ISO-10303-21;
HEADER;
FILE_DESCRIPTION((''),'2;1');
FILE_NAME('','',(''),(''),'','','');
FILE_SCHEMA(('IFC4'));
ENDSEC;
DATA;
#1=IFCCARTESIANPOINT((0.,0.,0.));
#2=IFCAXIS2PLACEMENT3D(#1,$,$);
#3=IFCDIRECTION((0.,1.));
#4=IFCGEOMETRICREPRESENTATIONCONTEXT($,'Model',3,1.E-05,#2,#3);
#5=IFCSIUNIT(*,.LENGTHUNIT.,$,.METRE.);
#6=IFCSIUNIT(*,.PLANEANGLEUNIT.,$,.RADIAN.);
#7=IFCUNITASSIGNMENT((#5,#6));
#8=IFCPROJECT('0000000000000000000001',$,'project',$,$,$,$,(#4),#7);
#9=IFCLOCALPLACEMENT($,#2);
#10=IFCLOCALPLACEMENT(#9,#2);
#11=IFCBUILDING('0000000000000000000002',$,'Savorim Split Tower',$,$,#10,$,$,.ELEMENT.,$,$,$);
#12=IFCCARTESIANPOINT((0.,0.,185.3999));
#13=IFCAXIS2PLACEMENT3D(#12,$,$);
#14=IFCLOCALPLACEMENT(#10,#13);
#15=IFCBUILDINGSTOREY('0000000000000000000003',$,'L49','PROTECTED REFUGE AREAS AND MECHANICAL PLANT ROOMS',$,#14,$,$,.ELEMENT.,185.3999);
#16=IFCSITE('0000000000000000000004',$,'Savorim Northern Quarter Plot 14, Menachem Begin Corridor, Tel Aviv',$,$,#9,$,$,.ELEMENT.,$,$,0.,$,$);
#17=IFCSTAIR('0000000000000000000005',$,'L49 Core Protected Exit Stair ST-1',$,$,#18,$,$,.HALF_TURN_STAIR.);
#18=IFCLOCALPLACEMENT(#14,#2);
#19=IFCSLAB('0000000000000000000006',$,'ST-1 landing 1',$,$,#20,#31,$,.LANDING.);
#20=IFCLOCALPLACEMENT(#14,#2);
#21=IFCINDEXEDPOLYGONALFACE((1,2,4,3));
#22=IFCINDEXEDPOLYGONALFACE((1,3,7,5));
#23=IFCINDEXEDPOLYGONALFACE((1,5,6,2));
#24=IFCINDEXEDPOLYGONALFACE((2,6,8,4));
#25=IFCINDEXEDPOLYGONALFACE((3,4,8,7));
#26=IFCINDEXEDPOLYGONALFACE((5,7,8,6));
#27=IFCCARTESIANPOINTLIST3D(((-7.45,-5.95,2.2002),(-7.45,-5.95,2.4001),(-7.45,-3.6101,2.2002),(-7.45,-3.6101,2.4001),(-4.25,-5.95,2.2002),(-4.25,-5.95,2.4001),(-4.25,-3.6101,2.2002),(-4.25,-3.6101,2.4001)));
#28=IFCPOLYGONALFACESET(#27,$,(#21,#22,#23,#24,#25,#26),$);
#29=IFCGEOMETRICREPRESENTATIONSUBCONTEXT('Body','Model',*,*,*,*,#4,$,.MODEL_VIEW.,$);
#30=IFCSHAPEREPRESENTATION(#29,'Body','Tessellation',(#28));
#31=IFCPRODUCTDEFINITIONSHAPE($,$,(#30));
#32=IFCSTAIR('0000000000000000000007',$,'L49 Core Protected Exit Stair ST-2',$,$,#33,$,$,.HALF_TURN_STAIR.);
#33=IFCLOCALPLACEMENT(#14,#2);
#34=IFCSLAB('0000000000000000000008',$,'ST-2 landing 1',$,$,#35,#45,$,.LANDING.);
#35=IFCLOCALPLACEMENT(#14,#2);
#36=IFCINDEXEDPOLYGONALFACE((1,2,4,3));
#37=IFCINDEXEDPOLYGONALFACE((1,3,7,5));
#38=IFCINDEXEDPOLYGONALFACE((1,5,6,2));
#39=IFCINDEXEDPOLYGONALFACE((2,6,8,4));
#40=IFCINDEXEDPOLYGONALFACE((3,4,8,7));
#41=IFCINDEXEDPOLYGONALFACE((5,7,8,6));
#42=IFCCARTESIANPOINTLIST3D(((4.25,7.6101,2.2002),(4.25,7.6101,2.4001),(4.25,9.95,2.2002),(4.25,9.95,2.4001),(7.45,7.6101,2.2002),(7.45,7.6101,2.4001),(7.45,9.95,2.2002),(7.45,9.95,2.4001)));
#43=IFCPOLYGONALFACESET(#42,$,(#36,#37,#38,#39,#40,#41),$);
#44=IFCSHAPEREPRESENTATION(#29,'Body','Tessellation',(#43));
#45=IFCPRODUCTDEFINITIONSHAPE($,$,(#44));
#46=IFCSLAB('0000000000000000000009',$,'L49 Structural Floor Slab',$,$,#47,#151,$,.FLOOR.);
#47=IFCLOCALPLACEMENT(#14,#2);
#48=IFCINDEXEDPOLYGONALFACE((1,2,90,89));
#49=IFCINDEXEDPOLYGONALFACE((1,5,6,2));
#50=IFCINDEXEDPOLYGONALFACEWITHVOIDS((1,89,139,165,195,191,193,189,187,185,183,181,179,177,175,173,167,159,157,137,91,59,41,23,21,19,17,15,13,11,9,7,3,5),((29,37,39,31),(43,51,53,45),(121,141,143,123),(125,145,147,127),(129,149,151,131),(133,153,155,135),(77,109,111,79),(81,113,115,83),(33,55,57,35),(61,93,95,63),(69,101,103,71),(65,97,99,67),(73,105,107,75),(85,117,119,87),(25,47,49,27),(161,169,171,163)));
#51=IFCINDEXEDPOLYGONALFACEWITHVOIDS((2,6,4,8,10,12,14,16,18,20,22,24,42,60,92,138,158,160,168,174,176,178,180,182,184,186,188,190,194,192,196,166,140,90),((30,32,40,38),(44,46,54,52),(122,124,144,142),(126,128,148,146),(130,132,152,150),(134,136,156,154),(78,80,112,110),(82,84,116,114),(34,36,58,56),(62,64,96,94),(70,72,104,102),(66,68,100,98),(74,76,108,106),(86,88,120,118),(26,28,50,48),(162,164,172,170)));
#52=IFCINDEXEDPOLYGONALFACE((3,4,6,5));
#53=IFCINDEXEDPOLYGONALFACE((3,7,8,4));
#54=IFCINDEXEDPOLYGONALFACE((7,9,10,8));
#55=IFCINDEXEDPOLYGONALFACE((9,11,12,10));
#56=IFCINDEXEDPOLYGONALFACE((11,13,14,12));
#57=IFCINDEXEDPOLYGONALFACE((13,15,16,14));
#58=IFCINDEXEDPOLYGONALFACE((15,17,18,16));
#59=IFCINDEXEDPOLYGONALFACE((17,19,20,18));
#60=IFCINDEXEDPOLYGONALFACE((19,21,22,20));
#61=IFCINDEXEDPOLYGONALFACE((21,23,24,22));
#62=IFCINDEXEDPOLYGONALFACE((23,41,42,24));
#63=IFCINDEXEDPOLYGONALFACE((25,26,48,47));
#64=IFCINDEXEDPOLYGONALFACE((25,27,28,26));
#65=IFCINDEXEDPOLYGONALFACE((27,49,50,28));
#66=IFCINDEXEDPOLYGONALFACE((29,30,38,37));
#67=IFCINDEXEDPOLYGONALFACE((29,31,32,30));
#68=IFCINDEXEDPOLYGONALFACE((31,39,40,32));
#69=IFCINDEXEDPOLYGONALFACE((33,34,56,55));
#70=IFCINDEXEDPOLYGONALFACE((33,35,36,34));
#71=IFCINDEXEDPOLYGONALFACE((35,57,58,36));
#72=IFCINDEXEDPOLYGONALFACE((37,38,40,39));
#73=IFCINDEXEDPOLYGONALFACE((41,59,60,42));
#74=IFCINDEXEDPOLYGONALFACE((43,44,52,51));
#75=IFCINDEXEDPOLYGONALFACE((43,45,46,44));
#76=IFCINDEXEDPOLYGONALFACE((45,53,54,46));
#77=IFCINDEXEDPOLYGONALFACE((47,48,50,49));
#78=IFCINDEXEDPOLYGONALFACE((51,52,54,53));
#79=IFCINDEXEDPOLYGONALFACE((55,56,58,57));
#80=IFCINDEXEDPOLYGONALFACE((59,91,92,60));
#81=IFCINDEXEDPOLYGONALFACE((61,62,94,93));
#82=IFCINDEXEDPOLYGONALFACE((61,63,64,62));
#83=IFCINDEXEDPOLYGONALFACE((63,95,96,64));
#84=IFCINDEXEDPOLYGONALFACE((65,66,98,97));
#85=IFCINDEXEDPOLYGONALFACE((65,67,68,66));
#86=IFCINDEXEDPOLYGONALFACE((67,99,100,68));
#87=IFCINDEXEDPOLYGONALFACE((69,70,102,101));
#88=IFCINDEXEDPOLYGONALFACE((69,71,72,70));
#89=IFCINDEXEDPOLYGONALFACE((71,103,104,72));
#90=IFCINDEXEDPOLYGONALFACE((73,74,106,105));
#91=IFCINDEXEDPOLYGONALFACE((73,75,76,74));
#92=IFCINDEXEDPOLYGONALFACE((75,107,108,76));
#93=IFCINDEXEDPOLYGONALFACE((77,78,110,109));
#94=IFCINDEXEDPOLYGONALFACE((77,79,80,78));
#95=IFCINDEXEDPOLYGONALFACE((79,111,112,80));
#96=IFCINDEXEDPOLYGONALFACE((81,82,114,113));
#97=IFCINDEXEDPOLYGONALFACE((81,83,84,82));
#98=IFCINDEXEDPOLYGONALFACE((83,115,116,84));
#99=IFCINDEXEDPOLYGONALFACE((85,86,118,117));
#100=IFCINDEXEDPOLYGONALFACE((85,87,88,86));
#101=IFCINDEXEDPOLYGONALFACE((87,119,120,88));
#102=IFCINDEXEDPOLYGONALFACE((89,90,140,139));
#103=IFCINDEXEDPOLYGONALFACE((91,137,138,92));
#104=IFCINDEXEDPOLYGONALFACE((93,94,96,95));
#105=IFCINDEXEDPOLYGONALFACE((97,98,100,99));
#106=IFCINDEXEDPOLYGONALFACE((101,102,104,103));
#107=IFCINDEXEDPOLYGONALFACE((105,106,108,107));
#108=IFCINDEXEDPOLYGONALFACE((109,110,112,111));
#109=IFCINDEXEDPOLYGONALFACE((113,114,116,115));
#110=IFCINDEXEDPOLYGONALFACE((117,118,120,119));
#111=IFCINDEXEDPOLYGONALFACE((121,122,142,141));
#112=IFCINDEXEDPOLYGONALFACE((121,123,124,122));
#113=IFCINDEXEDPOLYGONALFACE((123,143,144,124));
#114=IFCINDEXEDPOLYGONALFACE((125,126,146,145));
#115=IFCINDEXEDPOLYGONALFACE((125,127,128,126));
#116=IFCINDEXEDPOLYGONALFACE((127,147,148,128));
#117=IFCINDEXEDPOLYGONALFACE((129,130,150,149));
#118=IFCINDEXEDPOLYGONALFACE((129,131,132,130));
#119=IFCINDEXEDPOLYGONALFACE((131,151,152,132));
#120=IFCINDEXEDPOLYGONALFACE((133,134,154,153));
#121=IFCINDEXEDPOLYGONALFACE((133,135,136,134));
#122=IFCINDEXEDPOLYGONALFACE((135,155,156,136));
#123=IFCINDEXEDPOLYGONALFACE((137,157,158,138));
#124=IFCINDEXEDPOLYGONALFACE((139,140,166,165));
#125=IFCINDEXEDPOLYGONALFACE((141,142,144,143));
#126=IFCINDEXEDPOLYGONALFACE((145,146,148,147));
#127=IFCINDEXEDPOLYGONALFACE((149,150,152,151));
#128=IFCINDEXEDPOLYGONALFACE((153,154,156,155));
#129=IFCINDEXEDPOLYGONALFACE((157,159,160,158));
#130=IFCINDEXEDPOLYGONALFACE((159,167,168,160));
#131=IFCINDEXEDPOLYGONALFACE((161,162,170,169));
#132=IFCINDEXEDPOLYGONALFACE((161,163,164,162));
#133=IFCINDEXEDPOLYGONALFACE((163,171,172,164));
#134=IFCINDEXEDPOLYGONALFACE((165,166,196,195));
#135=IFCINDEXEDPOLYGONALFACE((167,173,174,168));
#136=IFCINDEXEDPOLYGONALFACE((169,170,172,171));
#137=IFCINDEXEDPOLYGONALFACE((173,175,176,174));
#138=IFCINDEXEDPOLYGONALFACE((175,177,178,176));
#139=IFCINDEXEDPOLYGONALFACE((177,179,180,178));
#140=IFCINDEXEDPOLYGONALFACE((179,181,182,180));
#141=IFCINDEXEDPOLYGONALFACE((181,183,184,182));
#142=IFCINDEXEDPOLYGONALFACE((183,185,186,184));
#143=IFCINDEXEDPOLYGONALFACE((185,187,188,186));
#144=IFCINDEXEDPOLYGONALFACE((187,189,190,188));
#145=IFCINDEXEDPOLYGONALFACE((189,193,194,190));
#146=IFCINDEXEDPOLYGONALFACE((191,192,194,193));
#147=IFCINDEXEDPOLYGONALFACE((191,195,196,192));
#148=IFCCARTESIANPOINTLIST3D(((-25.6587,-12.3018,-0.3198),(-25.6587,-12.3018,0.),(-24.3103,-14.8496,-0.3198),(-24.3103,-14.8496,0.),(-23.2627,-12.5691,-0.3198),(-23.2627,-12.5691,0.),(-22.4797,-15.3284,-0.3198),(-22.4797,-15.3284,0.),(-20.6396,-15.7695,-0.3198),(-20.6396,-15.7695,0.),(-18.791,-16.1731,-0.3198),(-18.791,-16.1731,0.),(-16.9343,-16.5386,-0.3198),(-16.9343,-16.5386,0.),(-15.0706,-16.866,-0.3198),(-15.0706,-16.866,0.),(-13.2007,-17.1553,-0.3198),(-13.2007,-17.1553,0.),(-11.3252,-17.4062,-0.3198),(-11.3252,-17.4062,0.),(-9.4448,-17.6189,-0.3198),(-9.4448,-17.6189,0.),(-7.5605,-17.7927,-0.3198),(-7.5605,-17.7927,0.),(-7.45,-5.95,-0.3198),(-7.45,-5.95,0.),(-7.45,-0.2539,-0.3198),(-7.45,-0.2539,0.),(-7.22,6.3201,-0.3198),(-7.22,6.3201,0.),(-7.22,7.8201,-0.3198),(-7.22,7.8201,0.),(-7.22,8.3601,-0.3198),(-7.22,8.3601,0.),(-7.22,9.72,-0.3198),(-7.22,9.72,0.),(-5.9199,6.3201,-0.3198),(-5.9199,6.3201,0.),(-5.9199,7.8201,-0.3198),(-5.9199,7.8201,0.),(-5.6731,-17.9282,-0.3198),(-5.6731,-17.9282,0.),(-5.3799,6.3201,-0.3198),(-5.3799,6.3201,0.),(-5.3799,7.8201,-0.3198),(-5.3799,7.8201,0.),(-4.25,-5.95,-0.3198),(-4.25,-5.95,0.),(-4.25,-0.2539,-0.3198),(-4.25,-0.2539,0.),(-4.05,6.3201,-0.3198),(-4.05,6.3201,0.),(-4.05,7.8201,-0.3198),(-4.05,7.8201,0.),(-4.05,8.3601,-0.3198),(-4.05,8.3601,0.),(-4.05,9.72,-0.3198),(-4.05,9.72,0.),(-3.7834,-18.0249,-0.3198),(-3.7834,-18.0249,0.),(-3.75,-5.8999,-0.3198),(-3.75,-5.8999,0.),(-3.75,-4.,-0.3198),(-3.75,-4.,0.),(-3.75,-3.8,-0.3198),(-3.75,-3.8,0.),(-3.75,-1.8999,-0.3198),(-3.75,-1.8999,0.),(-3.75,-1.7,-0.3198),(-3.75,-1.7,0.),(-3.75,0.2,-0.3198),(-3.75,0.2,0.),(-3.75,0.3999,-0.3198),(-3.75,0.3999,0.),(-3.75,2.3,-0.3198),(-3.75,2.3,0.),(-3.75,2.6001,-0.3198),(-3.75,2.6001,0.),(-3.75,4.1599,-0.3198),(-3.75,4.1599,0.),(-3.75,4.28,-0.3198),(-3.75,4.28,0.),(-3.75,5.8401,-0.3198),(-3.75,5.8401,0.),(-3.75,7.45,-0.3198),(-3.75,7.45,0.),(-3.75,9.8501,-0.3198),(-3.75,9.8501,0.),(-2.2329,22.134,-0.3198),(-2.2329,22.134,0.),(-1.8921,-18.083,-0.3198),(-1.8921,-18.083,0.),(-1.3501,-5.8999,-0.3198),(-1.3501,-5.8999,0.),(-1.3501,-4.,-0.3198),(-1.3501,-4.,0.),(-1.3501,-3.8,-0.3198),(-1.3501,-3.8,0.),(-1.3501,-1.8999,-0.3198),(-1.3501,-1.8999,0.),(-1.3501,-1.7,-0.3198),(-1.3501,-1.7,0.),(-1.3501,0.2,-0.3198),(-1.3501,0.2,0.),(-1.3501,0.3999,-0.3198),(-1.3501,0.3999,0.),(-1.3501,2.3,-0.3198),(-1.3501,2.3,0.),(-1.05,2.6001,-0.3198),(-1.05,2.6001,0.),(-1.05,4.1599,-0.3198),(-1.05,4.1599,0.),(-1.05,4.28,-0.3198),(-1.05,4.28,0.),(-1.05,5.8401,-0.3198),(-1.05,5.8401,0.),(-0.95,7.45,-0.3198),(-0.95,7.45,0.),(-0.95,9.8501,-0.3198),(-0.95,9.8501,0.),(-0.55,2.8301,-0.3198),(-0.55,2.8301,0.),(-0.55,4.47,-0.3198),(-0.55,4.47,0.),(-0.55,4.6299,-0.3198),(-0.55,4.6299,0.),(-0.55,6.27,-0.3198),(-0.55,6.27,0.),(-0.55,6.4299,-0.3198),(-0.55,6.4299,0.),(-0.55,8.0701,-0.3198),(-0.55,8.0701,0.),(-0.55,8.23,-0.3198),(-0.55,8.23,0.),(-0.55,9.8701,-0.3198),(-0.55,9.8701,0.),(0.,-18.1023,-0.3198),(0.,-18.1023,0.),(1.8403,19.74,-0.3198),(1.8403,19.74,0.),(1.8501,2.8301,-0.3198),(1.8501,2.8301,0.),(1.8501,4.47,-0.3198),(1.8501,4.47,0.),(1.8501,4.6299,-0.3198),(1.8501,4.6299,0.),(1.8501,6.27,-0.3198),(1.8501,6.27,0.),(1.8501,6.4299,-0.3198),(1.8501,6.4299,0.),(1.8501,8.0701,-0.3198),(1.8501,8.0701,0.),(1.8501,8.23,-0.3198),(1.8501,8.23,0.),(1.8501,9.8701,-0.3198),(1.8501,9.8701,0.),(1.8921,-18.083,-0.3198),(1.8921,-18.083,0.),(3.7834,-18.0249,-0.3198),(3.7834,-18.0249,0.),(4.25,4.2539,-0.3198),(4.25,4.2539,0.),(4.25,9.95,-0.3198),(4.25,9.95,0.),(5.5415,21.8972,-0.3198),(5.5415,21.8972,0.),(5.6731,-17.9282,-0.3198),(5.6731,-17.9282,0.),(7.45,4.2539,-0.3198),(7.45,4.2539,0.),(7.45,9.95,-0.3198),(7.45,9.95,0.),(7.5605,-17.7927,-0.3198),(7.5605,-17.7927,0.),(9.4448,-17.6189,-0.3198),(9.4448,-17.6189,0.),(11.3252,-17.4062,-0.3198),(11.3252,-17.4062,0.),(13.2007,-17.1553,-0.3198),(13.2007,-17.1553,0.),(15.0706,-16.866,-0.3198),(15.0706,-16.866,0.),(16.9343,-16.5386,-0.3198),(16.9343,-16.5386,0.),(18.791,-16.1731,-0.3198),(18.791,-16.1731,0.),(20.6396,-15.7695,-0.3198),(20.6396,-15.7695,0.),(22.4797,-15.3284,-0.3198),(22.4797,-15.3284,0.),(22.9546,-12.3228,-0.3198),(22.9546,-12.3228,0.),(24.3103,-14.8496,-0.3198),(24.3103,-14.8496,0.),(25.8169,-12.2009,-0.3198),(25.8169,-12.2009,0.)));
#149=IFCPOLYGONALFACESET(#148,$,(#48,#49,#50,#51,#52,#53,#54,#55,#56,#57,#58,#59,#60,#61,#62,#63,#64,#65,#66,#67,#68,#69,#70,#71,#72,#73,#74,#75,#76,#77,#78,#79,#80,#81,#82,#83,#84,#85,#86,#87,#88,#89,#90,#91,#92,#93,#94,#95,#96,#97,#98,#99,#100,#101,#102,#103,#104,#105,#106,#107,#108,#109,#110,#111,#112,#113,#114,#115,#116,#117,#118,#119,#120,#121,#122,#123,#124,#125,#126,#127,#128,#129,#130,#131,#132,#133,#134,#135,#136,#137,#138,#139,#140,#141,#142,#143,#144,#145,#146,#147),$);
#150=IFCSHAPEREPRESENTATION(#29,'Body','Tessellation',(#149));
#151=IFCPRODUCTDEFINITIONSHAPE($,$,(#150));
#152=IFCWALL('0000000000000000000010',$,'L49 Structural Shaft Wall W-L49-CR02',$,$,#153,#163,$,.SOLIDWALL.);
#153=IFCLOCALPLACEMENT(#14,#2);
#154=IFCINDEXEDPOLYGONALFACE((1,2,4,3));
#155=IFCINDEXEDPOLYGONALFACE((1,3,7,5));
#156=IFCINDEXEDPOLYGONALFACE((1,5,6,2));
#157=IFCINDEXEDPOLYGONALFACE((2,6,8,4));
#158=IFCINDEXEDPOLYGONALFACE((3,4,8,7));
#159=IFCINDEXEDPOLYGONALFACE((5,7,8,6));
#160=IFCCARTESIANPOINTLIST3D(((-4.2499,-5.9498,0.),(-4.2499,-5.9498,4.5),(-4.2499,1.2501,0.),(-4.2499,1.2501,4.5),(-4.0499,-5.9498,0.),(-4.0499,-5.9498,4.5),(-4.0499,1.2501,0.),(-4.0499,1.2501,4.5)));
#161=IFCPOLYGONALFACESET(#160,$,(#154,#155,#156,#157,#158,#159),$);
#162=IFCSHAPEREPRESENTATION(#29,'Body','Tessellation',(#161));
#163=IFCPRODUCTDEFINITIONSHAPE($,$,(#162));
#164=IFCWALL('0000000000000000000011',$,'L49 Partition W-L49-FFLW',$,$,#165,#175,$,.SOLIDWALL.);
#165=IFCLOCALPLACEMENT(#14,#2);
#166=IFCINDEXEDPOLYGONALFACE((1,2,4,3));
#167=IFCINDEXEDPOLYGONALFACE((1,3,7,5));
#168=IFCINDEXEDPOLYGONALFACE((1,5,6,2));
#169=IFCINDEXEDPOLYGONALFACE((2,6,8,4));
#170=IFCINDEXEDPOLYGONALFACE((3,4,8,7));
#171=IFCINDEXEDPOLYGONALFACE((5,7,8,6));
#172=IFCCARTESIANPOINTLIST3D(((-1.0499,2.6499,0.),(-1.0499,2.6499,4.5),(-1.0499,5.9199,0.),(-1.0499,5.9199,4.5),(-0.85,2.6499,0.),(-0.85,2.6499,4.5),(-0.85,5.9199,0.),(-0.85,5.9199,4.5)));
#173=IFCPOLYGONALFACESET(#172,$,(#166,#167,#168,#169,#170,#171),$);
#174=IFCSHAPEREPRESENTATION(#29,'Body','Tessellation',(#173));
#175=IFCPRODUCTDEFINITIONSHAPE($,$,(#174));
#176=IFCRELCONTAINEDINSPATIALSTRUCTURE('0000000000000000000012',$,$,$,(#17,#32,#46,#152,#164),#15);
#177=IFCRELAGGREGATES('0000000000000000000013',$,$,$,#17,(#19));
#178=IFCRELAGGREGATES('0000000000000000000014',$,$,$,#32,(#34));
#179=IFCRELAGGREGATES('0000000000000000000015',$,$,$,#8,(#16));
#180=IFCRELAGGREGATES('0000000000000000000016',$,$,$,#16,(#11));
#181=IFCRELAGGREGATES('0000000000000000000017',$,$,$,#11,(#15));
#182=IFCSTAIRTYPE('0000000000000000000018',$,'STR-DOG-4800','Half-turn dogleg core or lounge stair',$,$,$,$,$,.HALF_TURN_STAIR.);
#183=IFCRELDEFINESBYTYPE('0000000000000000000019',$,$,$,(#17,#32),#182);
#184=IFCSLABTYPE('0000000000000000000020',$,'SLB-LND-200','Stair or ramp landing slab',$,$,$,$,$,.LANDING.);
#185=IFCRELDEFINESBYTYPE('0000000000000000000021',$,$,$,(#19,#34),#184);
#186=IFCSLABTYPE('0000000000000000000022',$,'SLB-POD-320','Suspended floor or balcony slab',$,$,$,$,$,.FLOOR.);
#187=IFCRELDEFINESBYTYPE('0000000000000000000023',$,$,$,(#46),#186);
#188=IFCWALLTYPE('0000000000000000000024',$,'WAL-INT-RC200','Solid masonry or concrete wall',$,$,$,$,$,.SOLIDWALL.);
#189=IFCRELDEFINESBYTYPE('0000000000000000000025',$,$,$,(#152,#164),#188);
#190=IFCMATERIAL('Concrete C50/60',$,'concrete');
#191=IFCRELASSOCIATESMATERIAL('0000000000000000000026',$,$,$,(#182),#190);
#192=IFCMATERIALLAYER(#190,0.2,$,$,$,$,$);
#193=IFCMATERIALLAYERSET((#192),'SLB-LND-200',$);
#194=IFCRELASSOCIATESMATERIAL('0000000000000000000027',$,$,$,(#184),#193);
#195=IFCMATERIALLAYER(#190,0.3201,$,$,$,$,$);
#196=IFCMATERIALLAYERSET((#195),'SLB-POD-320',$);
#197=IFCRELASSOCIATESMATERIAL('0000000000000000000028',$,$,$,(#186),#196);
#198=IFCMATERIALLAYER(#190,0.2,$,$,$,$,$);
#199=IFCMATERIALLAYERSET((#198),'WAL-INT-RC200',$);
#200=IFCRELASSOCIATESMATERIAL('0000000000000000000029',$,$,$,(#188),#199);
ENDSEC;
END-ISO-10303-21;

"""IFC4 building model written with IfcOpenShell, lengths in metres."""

from ifc_helpers import new_model, si_unit, direction, frame, frame_2d, origin, place, context, subcontext, project, spatial, polyline, rectangle, outline, extrude, material, layer, layer_set, type_object, element, aggregate, save


model = new_model("IFC4")

# Units and contexts
model_context = context("Model", 3, precision=1e-05, world=origin(), true_north=direction((0.0, 1.0)))
body_context = subcontext(model_context, "Body", "Model", "MODEL_VIEW")
ifc_project = project(units=[si_unit("LENGTHUNIT", "METRE"), si_unit("PLANEANGLEUNIT", "RADIAN")], contexts=[model_context])

# Site, building, storey
site_placement = place(None, origin())
site = spatial("IfcSite", under=ifc_project, at=site_placement, Name="Savorim Northern Quarter Plot 14, Menachem Begin Corridor, Tel Aviv", CompositionType="ELEMENT", RefElevation=0.0)
building_placement = place(site_placement, origin())
building = spatial("IfcBuilding", under=site, at=building_placement, Name="Savorim Split Tower", CompositionType="ELEMENT")
storey_placement = place(building_placement, frame((0.0, 0.0, 185.3999)))
storey = spatial("IfcBuildingStorey", under=building, at=storey_placement, Name="L49", Description="PROTECTED REFUGE AREAS AND MECHANICAL PLANT ROOMS", CompositionType="ELEMENT", Elevation=185.3999)

# Stairs, slabs
ifc_material_1 = material(Name="Concrete C50/60", Category="concrete")
stair_type = type_object("IfcStairType", Name="STR-DOG-4800", Description="Half-turn dogleg core or lounge stair", PredefinedType="HALF_TURN_STAIR", material=ifc_material_1)
stair_1_placement = place(storey_placement, origin())
stair_1 = element("IfcStair", 1, at=stair_1_placement, inside=storey, type_object=stair_type, Name="L49 Core Protected Exit Stair ST-1", PredefinedType="HALF_TURN_STAIR")
ifc_layer_1 = layer(ifc_material_1, 0.2)
ifc_layer_set_1 = layer_set([ifc_layer_1], Name="SLB-LND-200")
slab_type_1 = type_object("IfcSlabType", Name="SLB-LND-200", Description="Stair or ramp landing slab", PredefinedType="LANDING", material=ifc_layer_set_1)
slab_1_placement = place(storey_placement, frame((0.0, 0.0, 2.2002)))
slab_1 = element("IfcSlab", 2, at=slab_1_placement, type_object=slab_type_1, Name="ST-1 landing 1", PredefinedType="LANDING", context=body_context, shape_type="SweptSolid", body=[
    extrude(outline(polyline([(-7.45, -3.6101), (-7.45, -5.95), (-4.25, -5.95), (-4.25, -3.6101), (-7.45, -3.6101)])), origin(), (0.0, 0.0, 1.0), 0.2),
])
aggregate(stair_1, [slab_1])
stair_2_placement = place(storey_placement, origin())
stair_2 = element("IfcStair", 3, at=stair_2_placement, inside=storey, type_object=stair_type, Name="L49 Core Protected Exit Stair ST-2", PredefinedType="HALF_TURN_STAIR")
slab_2_placement = place(storey_placement, frame((0.0, 0.0, 2.2002)))
slab_2 = element("IfcSlab", 4, at=slab_2_placement, type_object=slab_type_1, Name="ST-2 landing 1", PredefinedType="LANDING", context=body_context, shape_type="SweptSolid", body=[
    extrude(outline(polyline([(7.45, 7.6101), (7.45, 9.95), (4.25, 9.95), (4.25, 7.6101), (7.45, 7.6101)])), origin(), (0.0, 0.0, 1.0), 0.2),
])
aggregate(stair_2, [slab_2])

# Slab
ifc_layer_2 = layer(ifc_material_1, 0.3201)
ifc_layer_set_2 = layer_set([ifc_layer_2], Name="SLB-POD-320")
slab_type_2 = type_object("IfcSlabType", Name="SLB-POD-320", Description="Suspended floor or balcony slab", PredefinedType="FLOOR", material=ifc_layer_set_2)
slab_3_placement = place(storey_placement, frame((0.0, 0.0, -0.3198)))
element("IfcSlab", 5, at=slab_3_placement, inside=storey, type_object=slab_type_2, Name="L49 Structural Floor Slab", PredefinedType="FLOOR", context=body_context, shape_type="SweptSolid", body=[
    extrude(outline(polyline([(-24.3103, -14.8496), (-22.4797, -15.3284), (-20.6396, -15.7695), (-18.791, -16.1731), (-16.9343, -16.5386), (-15.0706, -16.866), (-13.2007, -17.1553), (-11.3252, -17.4062), (-9.4448, -17.6189), (-7.5605, -17.7927), (-5.6731, -17.9282), (-3.7834, -18.0249), (-1.8921, -18.083), (0.0, -18.1023), (1.8921, -18.083), (3.7834, -18.0249), (5.6731, -17.9282), (7.5605, -17.7927), (9.4448, -17.6189), (11.3252, -17.4062), (13.2007, -17.1553), (15.0706, -16.866), (16.9343, -16.5386), (18.791, -16.1731), (20.6396, -15.7695), (22.4797, -15.3284), (24.3103, -14.8496), (22.9546, -12.3228), (25.8169, -12.2009), (5.5415, 21.8972), (1.8403, 19.74), (-2.2329, 22.134), (-25.6587, -12.3018), (-23.2627, -12.5691), (-24.3103, -14.8496)]), holes=[polyline([(-7.45, -0.2539), (-7.45, -5.95), (-4.25, -5.95), (-4.25, -0.2539), (-7.45, -0.2539)]), polyline([(7.45, 4.2539), (7.45, 9.95), (4.25, 9.95), (4.25, 4.2539), (7.45, 4.2539)]), polyline([(-3.75, -5.8999), (-1.3501, -5.8999), (-1.3501, -4.0), (-3.75, -4.0), (-3.75, -5.8999)]), polyline([(-3.75, -3.8), (-1.3501, -3.8), (-1.3501, -1.8999), (-3.75, -1.8999), (-3.75, -3.8)]), polyline([(-3.75, -1.7), (-1.3501, -1.7), (-1.3501, 0.2), (-3.75, 0.2), (-3.75, -1.7)]), polyline([(-3.75, 0.3999), (-1.3501, 0.3999), (-1.3501, 2.3), (-3.75, 2.3), (-3.75, 0.3999)]), polyline([(-0.55, 2.8301), (1.8501, 2.8301), (1.8501, 4.47), (-0.55, 4.47), (-0.55, 2.8301)]), polyline([(-0.55, 4.6299), (1.8501, 4.6299), (1.8501, 6.27), (-0.55, 6.27), (-0.55, 4.6299)]), polyline([(-0.55, 6.4299), (1.8501, 6.4299), (1.8501, 8.0701), (-0.55, 8.0701), (-0.55, 6.4299)]), polyline([(-0.55, 8.23), (1.8501, 8.23), (1.8501, 9.8701), (-0.55, 9.8701), (-0.55, 8.23)]), polyline([(-3.75, 2.6001), (-1.05, 2.6001), (-1.05, 4.1599), (-3.75, 4.1599), (-3.75, 2.6001)]), polyline([(-3.75, 4.28), (-1.05, 4.28), (-1.05, 5.8401), (-3.75, 5.8401), (-3.75, 4.28)]), polyline([(-3.75, 7.45), (-0.95, 7.45), (-0.95, 9.8501), (-3.75, 9.8501), (-3.75, 7.45)]), polyline([(-7.22, 6.3201), (-5.9199, 6.3201), (-5.9199, 7.8201), (-7.22, 7.8201), (-7.22, 6.3201)]), polyline([(-5.3799, 6.3201), (-4.05, 6.3201), (-4.05, 7.8201), (-5.3799, 7.8201), (-5.3799, 6.3201)]), polyline([(-7.22, 8.3601), (-4.05, 8.3601), (-4.05, 9.72), (-7.22, 9.72), (-7.22, 8.3601)])]), origin(), (0.0, 0.0, 1.0), 0.3198),
])

# Wall
ifc_layer_3 = layer(ifc_material_1, 0.2)
ifc_layer_set_3 = layer_set([ifc_layer_3], Name="WAL-INT-RC200")
wall_type_1 = type_object("IfcWallType", Name="WAL-INT-RC200", Description="Solid masonry or concrete wall", PredefinedType="SOLIDWALL", material=ifc_layer_set_3)
wall_1_placement = place(storey_placement, frame((-4.1499, -5.95, 0.0), z_axis=(0.0, 0.0, 1.0), x_axis=(0.0, 1.0, 0.0)))
element("IfcWall", 6, at=wall_1_placement, inside=storey, type_object=wall_type_1, Name="L49 Structural Shaft Wall W-L49-CR02", PredefinedType="SOLIDWALL", context=body_context, shape_type="SweptSolid", body=[
    extrude(rectangle(XDim=7.2, YDim=0.2, at=frame_2d((3.6001, 0.0))), origin(), (0.0, 0.0, 1.0), 4.5),
])

# Wall
wall_2_placement = place(storey_placement, frame((-0.95, 2.6499, 0.0), z_axis=(0.0, 0.0, 1.0), x_axis=(0.0, 1.0, 0.0)))
element("IfcWall", 7, at=wall_2_placement, inside=storey, type_object=wall_type_1, Name="L49 Partition W-L49-FFLW", PredefinedType="SOLIDWALL", context=body_context, shape_type="SweptSolid", body=[
    extrude(rectangle(XDim=3.27, YDim=0.2, at=frame_2d((1.635, 0.0))), origin(), (0.0, 0.0, 1.0), 4.5),
])

save(model, "model.ifc")
